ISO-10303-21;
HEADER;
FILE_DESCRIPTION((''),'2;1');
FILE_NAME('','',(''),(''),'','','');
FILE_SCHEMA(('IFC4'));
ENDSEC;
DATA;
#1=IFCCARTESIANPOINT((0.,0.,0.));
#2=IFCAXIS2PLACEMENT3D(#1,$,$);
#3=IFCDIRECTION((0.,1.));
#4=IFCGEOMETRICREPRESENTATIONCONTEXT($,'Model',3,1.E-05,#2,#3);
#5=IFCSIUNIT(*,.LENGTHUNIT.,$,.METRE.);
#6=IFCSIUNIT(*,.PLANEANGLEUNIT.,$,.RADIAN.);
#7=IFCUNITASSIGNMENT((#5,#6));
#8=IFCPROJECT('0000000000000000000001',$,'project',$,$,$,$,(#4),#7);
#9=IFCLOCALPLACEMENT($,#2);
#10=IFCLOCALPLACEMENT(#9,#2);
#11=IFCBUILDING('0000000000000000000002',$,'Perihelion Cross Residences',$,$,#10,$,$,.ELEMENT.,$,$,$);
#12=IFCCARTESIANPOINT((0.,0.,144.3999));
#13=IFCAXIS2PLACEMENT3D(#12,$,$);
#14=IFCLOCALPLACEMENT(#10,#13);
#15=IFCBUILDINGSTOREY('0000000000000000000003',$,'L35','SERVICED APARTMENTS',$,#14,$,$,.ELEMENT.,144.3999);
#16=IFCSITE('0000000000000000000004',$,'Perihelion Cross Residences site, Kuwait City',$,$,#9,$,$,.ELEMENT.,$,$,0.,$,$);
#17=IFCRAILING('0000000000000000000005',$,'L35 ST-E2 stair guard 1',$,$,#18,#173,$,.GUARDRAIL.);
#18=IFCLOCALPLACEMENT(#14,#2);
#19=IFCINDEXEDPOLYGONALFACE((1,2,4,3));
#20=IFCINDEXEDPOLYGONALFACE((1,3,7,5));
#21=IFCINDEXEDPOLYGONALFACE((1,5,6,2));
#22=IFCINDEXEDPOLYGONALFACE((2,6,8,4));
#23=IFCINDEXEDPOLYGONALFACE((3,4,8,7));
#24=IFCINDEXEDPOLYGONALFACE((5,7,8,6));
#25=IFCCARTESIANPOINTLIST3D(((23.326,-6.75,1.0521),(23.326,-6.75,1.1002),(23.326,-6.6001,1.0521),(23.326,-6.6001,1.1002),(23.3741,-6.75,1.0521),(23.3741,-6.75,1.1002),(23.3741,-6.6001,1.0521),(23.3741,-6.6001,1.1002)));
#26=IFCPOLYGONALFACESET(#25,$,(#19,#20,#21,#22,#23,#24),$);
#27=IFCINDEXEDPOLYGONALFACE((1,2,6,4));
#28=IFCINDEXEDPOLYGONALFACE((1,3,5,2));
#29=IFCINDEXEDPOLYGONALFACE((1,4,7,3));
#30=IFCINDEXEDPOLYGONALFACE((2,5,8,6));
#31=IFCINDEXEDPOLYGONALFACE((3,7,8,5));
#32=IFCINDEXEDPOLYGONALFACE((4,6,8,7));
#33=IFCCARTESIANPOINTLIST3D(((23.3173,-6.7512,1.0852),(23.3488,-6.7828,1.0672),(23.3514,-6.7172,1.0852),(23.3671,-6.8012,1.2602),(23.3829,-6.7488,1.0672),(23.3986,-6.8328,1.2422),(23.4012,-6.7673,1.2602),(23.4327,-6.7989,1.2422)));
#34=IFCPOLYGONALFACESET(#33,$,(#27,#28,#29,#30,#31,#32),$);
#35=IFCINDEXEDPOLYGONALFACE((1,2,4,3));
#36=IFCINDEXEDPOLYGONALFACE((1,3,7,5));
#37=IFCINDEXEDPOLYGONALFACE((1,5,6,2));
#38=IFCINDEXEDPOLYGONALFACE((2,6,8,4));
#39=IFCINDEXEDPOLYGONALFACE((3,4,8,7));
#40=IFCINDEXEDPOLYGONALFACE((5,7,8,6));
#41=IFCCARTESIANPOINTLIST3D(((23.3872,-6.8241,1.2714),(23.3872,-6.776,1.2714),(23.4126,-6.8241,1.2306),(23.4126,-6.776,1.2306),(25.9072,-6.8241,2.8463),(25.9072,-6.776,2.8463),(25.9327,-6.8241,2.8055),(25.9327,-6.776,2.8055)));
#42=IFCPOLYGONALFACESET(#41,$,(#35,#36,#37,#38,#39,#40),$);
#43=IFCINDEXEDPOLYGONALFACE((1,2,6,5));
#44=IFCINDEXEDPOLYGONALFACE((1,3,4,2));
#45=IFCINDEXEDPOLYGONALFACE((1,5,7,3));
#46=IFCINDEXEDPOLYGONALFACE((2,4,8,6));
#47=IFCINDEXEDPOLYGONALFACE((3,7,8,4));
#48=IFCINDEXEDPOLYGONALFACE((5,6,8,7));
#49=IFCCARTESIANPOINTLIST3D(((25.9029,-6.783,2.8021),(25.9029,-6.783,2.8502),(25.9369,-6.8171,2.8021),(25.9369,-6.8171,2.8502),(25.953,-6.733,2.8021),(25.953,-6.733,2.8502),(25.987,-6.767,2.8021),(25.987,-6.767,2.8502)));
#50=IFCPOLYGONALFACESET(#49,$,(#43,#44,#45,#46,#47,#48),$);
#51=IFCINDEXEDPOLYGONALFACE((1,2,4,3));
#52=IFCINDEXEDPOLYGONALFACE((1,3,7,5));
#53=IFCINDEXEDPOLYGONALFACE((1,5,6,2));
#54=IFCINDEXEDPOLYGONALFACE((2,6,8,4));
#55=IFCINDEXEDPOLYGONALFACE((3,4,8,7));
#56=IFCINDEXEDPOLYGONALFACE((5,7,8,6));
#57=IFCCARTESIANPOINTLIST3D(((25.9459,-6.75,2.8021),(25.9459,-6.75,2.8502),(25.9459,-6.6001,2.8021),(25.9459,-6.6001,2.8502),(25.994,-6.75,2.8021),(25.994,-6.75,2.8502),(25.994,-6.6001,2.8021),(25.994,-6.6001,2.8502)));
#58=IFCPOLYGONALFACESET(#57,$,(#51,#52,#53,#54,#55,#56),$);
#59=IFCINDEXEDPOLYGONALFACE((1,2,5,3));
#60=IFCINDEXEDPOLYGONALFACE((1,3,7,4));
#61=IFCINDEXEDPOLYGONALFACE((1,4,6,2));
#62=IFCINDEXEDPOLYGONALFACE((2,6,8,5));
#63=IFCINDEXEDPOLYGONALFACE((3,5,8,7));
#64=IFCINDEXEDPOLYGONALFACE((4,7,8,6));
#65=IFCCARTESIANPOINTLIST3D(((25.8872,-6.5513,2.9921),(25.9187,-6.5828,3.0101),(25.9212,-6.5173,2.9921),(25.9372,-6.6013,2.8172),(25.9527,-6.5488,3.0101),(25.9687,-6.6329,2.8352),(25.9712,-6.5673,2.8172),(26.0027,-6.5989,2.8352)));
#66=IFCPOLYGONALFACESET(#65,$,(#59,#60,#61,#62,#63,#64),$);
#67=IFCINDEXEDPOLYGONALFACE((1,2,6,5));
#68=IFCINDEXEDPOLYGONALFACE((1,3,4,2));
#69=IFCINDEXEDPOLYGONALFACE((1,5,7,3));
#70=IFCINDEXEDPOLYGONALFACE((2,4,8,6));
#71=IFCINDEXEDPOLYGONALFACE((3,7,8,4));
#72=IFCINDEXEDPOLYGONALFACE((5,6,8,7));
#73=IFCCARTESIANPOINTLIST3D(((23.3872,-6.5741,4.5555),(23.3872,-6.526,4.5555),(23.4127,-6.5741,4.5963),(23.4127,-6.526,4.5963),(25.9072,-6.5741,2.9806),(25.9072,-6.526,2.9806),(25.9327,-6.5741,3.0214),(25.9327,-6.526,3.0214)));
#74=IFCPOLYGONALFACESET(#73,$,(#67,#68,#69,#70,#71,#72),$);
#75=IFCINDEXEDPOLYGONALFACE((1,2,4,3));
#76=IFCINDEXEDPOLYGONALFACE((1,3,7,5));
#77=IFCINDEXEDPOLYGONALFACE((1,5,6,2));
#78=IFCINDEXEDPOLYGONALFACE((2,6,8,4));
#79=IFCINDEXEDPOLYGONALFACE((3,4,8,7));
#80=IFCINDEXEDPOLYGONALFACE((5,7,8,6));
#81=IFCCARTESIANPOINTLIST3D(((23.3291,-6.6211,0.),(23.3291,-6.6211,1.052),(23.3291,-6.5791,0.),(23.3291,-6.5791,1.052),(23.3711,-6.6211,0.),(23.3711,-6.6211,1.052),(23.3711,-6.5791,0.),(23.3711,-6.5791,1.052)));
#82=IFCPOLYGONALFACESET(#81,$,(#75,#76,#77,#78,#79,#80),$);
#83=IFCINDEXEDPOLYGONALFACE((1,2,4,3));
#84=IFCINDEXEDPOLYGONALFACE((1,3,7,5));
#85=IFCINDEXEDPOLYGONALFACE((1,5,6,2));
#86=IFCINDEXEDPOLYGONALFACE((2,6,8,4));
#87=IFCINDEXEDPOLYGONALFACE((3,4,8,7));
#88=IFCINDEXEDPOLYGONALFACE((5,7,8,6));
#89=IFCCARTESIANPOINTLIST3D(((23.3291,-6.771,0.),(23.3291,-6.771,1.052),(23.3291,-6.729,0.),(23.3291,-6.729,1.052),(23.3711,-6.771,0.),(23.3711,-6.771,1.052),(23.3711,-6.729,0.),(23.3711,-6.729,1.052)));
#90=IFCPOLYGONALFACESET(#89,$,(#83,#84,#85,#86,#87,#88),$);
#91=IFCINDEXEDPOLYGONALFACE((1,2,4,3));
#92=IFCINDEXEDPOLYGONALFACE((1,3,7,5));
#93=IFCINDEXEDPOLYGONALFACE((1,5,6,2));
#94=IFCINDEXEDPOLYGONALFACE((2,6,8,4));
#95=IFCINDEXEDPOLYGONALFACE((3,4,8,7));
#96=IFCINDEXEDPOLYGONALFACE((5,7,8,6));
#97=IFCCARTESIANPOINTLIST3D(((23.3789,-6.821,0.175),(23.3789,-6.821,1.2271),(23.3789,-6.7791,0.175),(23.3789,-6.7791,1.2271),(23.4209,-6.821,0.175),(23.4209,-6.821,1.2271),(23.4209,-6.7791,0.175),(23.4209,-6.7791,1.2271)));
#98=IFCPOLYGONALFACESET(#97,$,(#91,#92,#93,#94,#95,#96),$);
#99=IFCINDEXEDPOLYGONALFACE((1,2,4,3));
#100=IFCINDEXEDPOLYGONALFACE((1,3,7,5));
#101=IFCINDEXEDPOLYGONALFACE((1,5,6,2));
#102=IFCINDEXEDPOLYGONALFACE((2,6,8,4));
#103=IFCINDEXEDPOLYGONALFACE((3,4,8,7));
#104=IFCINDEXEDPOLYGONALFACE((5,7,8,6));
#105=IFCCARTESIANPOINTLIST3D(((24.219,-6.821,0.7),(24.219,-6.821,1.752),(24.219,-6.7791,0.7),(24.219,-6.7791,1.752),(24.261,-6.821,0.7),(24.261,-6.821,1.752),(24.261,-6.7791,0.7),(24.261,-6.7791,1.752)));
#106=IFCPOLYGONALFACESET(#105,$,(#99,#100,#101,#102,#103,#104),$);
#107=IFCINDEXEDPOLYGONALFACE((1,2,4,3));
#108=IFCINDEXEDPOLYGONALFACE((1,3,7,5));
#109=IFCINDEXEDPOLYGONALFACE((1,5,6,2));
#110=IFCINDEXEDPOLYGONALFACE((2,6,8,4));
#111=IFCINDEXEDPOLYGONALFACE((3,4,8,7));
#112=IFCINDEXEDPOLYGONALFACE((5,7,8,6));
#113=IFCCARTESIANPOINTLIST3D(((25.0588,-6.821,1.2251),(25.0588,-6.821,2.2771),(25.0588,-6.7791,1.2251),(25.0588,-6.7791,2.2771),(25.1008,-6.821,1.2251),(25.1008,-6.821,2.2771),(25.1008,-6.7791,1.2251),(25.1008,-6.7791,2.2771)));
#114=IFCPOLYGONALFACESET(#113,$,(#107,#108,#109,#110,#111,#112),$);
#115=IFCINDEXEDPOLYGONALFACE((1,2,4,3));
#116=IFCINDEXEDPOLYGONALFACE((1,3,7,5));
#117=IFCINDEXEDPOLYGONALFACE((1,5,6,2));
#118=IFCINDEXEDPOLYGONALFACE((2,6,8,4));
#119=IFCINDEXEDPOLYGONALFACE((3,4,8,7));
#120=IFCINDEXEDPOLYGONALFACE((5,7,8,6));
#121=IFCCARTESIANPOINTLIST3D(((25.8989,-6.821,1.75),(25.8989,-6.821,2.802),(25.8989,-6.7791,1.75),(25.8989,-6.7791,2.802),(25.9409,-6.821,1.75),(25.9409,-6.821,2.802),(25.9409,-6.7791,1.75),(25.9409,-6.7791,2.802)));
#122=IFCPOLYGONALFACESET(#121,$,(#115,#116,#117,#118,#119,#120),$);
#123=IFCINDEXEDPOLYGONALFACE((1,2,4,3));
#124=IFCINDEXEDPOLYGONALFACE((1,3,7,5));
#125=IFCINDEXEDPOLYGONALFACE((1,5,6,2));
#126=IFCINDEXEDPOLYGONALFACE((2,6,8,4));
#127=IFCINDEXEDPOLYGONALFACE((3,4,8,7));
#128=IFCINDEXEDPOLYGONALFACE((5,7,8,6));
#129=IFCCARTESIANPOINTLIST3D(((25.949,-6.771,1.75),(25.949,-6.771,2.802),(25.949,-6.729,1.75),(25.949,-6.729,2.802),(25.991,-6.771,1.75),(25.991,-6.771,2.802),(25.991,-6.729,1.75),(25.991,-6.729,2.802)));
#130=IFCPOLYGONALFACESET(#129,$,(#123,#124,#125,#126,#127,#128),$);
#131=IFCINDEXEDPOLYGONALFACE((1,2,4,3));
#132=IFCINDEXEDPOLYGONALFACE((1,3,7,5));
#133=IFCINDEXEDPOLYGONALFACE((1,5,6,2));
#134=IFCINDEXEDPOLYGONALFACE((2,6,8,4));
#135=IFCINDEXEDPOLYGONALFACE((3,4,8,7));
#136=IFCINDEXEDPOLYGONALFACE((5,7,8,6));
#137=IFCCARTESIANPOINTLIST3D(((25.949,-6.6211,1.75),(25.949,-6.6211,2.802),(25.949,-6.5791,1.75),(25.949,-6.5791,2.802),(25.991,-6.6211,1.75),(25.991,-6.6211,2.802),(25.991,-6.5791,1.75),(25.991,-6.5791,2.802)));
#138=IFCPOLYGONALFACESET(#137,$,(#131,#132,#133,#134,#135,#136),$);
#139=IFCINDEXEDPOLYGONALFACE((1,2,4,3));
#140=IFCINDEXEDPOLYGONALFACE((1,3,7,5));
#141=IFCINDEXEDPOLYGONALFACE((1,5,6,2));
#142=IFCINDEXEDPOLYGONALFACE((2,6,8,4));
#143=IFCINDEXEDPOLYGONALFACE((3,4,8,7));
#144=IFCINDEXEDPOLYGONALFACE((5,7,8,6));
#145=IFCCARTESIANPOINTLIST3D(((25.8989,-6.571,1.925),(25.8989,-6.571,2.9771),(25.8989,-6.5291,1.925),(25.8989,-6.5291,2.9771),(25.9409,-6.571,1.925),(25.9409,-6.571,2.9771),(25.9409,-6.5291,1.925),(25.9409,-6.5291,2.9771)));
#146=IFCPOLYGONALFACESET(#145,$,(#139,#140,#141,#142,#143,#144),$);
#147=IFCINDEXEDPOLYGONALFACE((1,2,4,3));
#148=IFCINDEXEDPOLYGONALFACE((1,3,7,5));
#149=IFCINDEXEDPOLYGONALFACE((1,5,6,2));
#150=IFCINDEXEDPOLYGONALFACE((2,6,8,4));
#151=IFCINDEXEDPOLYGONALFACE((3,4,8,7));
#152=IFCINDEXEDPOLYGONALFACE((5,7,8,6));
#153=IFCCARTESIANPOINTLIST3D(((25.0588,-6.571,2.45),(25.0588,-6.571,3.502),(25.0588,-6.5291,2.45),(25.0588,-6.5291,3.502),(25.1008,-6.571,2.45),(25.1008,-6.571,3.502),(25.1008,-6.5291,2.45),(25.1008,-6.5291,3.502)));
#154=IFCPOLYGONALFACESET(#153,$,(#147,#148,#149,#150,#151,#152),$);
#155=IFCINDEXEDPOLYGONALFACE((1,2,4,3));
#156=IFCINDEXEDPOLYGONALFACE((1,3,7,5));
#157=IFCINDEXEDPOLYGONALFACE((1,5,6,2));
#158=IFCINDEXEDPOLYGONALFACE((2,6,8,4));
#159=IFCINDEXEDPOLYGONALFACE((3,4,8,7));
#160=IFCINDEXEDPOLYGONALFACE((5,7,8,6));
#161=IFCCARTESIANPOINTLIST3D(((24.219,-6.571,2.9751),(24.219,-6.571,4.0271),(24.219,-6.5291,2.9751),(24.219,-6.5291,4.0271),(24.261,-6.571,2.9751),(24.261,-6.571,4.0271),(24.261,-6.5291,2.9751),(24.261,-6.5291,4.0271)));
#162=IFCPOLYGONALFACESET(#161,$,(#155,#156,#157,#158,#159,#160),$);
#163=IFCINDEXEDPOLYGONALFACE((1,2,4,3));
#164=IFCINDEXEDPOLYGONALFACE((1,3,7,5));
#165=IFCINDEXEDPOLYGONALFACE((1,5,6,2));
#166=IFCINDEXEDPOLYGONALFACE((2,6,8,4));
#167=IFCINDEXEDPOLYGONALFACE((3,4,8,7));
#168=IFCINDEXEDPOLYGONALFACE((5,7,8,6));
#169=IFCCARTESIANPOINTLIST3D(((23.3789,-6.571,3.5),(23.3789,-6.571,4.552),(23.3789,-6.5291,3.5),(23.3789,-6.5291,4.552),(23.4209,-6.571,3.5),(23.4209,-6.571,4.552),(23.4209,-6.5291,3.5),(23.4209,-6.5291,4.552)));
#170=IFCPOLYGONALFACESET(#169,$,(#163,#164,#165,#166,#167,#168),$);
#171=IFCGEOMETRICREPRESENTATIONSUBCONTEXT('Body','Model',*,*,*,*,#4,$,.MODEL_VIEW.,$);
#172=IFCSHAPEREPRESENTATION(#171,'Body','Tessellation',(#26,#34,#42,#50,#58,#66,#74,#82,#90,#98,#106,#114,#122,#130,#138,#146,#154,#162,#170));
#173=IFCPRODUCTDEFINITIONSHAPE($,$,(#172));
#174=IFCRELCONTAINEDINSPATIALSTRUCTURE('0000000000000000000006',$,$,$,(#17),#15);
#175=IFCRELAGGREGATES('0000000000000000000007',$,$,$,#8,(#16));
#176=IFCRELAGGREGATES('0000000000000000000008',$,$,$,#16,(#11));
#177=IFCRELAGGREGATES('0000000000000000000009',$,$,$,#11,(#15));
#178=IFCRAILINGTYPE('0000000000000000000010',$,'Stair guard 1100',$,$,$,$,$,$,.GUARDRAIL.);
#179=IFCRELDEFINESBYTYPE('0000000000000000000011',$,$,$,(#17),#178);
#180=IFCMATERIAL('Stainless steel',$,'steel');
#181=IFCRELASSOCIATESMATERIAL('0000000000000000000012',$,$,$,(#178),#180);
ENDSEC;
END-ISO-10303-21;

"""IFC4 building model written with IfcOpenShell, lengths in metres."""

from ifc_helpers import new_model, si_unit, direction, frame, origin, origin_2d, place, context, subcontext, project, spatial, rectangle, extrude, material, type_object, element, save


model = new_model("IFC4")

# Units and contexts
model_context = context("Model", 3, precision=1e-05, world=origin(), true_north=direction((0.0, 1.0)))
body_context = subcontext(model_context, "Body", "Model", "MODEL_VIEW")
ifc_project = project(units=[si_unit("LENGTHUNIT", "METRE"), si_unit("PLANEANGLEUNIT", "RADIAN")], contexts=[model_context])

# Site, building, storey
site_placement = place(None, origin())
site = spatial("IfcSite", under=ifc_project, at=site_placement, Name="Perihelion Cross Residences site, Kuwait City", CompositionType="ELEMENT", RefElevation=0.0)
building_placement = place(site_placement, origin())
building = spatial("IfcBuilding", under=site, at=building_placement, Name="Perihelion Cross Residences", CompositionType="ELEMENT")
storey_placement = place(building_placement, frame((0.0, 0.0, 144.3999)))
storey = spatial("IfcBuildingStorey", under=building, at=storey_placement, Name="L35", Description="SERVICED APARTMENTS", CompositionType="ELEMENT", Elevation=144.3999)

# Railing
ifc_material_1 = material(Name="Stainless steel", Category="steel")
railing_type_1 = type_object("IfcRailingType", Name="Stair guard 1100", PredefinedType="GUARDRAIL", material=ifc_material_1)
railing_1_placement = place(storey_placement, frame((23.3501, -6.6001, 0.0)))
element("IfcRailing", 1, at=railing_1_placement, inside=storey, type_object=railing_type_1, Name="L35 ST-E2 stair guard 1", PredefinedType="GUARDRAIL", context=body_context, shape_type="SweptSolid", body=[
    extrude(rectangle(XDim=0.0481, YDim=0.0481, at=origin_2d()), frame((0.0, 0.0, 1.0762), z_axis=(0.0, -1.0, 0.0), x_axis=(1.0, 0.0, 0.0)), (0.0, 0.0, 1.0), 0.1499),
    extrude(rectangle(XDim=0.0481, YDim=0.0481, at=origin_2d()), frame((0.0, -0.1499, 1.0762), z_axis=(0.263862, -0.265156, 0.927399), x_axis=(0.708834, 0.705376, 0.0)), (0.0, 0.0, 1.0), 0.1887),
    extrude(rectangle(XDim=0.0481, YDim=0.0481, at=origin_2d()), frame((0.0498, -0.2, 1.251), z_axis=(0.848008, 0.0, 0.529984), x_axis=(0.0, 1.0, 0.0)), (0.0, 0.0, 1.0), 2.9717),
    extrude(rectangle(XDim=0.0481, YDim=0.0481, at=origin_2d()), frame((2.5698, -0.2, 2.8262), z_axis=(0.707107, 0.707107, 0.0), x_axis=(-0.707107, 0.707107, 0.0)), (0.0, 0.0, 1.0), 0.0708),
    extrude(rectangle(XDim=0.0481, YDim=0.0481, at=origin_2d()), frame((2.6199, -0.1499, 2.8262), z_axis=(0.0, 1.0, 0.0), x_axis=(-1.0, 0.0, 0.0)), (0.0, 0.0, 1.0), 0.1499),
    extrude(rectangle(XDim=0.0481, YDim=0.0481, at=origin_2d()), frame((2.6199, 0.0, 2.8262), z_axis=(-0.265065, 0.265065, 0.927082), x_axis=(-0.707107, -0.707107, 0.0)), (0.0, 0.0, 1.0), 0.1887),
    extrude(rectangle(XDim=0.0481, YDim=0.0481, at=origin_2d()), frame((2.5698, 0.05, 3.001), z_axis=(-0.848008, 0.0, 0.529984), x_axis=(0.0, -1.0, 0.0)), (0.0, 0.0, 1.0), 2.9717),
    extrude(rectangle(XDim=0.042, YDim=0.042, at=origin_2d()), origin(), (0.0, 0.0, 1.0), 1.052),
    extrude(rectangle(XDim=0.042, YDim=0.042, at=origin_2d()), frame((0.0, -0.1499, 0.0)), (0.0, 0.0, 1.0), 1.052),
    extrude(rectangle(XDim=0.042, YDim=0.042, at=origin_2d()), frame((0.0498, -0.2, 0.175)), (0.0, 0.0, 1.0), 1.052),
    extrude(rectangle(XDim=0.042, YDim=0.042, at=origin_2d()), frame((0.8899, -0.2, 0.7)), (0.0, 0.0, 1.0), 1.052),
    extrude(rectangle(XDim=0.042, YDim=0.042, at=origin_2d()), frame((1.7297, -0.2, 1.2251)), (0.0, 0.0, 1.0), 1.052),
    extrude(rectangle(XDim=0.042, YDim=0.042, at=origin_2d()), frame((2.5698, -0.2, 1.75)), (0.0, 0.0, 1.0), 1.052),
    extrude(rectangle(XDim=0.042, YDim=0.042, at=origin_2d()), frame((2.6199, -0.1499, 1.75)), (0.0, 0.0, 1.0), 1.052),
    extrude(rectangle(XDim=0.042, YDim=0.042, at=origin_2d()), frame((2.6199, 0.0, 1.75)), (0.0, 0.0, 1.0), 1.052),
    extrude(rectangle(XDim=0.042, YDim=0.042, at=origin_2d()), frame((2.5698, 0.05, 1.925)), (0.0, 0.0, 1.0), 1.052),
    extrude(rectangle(XDim=0.042, YDim=0.042, at=origin_2d()), frame((1.7297, 0.05, 2.45)), (0.0, 0.0, 1.0), 1.052),
    extrude(rectangle(XDim=0.042, YDim=0.042, at=origin_2d()), frame((0.8899, 0.05, 2.9751)), (0.0, 0.0, 1.0), 1.052),
    extrude(rectangle(XDim=0.042, YDim=0.042, at=origin_2d()), frame((0.0498, 0.05, 3.5)), (0.0, 0.0, 1.0), 1.052),
])

save(model, "model.ifc")
